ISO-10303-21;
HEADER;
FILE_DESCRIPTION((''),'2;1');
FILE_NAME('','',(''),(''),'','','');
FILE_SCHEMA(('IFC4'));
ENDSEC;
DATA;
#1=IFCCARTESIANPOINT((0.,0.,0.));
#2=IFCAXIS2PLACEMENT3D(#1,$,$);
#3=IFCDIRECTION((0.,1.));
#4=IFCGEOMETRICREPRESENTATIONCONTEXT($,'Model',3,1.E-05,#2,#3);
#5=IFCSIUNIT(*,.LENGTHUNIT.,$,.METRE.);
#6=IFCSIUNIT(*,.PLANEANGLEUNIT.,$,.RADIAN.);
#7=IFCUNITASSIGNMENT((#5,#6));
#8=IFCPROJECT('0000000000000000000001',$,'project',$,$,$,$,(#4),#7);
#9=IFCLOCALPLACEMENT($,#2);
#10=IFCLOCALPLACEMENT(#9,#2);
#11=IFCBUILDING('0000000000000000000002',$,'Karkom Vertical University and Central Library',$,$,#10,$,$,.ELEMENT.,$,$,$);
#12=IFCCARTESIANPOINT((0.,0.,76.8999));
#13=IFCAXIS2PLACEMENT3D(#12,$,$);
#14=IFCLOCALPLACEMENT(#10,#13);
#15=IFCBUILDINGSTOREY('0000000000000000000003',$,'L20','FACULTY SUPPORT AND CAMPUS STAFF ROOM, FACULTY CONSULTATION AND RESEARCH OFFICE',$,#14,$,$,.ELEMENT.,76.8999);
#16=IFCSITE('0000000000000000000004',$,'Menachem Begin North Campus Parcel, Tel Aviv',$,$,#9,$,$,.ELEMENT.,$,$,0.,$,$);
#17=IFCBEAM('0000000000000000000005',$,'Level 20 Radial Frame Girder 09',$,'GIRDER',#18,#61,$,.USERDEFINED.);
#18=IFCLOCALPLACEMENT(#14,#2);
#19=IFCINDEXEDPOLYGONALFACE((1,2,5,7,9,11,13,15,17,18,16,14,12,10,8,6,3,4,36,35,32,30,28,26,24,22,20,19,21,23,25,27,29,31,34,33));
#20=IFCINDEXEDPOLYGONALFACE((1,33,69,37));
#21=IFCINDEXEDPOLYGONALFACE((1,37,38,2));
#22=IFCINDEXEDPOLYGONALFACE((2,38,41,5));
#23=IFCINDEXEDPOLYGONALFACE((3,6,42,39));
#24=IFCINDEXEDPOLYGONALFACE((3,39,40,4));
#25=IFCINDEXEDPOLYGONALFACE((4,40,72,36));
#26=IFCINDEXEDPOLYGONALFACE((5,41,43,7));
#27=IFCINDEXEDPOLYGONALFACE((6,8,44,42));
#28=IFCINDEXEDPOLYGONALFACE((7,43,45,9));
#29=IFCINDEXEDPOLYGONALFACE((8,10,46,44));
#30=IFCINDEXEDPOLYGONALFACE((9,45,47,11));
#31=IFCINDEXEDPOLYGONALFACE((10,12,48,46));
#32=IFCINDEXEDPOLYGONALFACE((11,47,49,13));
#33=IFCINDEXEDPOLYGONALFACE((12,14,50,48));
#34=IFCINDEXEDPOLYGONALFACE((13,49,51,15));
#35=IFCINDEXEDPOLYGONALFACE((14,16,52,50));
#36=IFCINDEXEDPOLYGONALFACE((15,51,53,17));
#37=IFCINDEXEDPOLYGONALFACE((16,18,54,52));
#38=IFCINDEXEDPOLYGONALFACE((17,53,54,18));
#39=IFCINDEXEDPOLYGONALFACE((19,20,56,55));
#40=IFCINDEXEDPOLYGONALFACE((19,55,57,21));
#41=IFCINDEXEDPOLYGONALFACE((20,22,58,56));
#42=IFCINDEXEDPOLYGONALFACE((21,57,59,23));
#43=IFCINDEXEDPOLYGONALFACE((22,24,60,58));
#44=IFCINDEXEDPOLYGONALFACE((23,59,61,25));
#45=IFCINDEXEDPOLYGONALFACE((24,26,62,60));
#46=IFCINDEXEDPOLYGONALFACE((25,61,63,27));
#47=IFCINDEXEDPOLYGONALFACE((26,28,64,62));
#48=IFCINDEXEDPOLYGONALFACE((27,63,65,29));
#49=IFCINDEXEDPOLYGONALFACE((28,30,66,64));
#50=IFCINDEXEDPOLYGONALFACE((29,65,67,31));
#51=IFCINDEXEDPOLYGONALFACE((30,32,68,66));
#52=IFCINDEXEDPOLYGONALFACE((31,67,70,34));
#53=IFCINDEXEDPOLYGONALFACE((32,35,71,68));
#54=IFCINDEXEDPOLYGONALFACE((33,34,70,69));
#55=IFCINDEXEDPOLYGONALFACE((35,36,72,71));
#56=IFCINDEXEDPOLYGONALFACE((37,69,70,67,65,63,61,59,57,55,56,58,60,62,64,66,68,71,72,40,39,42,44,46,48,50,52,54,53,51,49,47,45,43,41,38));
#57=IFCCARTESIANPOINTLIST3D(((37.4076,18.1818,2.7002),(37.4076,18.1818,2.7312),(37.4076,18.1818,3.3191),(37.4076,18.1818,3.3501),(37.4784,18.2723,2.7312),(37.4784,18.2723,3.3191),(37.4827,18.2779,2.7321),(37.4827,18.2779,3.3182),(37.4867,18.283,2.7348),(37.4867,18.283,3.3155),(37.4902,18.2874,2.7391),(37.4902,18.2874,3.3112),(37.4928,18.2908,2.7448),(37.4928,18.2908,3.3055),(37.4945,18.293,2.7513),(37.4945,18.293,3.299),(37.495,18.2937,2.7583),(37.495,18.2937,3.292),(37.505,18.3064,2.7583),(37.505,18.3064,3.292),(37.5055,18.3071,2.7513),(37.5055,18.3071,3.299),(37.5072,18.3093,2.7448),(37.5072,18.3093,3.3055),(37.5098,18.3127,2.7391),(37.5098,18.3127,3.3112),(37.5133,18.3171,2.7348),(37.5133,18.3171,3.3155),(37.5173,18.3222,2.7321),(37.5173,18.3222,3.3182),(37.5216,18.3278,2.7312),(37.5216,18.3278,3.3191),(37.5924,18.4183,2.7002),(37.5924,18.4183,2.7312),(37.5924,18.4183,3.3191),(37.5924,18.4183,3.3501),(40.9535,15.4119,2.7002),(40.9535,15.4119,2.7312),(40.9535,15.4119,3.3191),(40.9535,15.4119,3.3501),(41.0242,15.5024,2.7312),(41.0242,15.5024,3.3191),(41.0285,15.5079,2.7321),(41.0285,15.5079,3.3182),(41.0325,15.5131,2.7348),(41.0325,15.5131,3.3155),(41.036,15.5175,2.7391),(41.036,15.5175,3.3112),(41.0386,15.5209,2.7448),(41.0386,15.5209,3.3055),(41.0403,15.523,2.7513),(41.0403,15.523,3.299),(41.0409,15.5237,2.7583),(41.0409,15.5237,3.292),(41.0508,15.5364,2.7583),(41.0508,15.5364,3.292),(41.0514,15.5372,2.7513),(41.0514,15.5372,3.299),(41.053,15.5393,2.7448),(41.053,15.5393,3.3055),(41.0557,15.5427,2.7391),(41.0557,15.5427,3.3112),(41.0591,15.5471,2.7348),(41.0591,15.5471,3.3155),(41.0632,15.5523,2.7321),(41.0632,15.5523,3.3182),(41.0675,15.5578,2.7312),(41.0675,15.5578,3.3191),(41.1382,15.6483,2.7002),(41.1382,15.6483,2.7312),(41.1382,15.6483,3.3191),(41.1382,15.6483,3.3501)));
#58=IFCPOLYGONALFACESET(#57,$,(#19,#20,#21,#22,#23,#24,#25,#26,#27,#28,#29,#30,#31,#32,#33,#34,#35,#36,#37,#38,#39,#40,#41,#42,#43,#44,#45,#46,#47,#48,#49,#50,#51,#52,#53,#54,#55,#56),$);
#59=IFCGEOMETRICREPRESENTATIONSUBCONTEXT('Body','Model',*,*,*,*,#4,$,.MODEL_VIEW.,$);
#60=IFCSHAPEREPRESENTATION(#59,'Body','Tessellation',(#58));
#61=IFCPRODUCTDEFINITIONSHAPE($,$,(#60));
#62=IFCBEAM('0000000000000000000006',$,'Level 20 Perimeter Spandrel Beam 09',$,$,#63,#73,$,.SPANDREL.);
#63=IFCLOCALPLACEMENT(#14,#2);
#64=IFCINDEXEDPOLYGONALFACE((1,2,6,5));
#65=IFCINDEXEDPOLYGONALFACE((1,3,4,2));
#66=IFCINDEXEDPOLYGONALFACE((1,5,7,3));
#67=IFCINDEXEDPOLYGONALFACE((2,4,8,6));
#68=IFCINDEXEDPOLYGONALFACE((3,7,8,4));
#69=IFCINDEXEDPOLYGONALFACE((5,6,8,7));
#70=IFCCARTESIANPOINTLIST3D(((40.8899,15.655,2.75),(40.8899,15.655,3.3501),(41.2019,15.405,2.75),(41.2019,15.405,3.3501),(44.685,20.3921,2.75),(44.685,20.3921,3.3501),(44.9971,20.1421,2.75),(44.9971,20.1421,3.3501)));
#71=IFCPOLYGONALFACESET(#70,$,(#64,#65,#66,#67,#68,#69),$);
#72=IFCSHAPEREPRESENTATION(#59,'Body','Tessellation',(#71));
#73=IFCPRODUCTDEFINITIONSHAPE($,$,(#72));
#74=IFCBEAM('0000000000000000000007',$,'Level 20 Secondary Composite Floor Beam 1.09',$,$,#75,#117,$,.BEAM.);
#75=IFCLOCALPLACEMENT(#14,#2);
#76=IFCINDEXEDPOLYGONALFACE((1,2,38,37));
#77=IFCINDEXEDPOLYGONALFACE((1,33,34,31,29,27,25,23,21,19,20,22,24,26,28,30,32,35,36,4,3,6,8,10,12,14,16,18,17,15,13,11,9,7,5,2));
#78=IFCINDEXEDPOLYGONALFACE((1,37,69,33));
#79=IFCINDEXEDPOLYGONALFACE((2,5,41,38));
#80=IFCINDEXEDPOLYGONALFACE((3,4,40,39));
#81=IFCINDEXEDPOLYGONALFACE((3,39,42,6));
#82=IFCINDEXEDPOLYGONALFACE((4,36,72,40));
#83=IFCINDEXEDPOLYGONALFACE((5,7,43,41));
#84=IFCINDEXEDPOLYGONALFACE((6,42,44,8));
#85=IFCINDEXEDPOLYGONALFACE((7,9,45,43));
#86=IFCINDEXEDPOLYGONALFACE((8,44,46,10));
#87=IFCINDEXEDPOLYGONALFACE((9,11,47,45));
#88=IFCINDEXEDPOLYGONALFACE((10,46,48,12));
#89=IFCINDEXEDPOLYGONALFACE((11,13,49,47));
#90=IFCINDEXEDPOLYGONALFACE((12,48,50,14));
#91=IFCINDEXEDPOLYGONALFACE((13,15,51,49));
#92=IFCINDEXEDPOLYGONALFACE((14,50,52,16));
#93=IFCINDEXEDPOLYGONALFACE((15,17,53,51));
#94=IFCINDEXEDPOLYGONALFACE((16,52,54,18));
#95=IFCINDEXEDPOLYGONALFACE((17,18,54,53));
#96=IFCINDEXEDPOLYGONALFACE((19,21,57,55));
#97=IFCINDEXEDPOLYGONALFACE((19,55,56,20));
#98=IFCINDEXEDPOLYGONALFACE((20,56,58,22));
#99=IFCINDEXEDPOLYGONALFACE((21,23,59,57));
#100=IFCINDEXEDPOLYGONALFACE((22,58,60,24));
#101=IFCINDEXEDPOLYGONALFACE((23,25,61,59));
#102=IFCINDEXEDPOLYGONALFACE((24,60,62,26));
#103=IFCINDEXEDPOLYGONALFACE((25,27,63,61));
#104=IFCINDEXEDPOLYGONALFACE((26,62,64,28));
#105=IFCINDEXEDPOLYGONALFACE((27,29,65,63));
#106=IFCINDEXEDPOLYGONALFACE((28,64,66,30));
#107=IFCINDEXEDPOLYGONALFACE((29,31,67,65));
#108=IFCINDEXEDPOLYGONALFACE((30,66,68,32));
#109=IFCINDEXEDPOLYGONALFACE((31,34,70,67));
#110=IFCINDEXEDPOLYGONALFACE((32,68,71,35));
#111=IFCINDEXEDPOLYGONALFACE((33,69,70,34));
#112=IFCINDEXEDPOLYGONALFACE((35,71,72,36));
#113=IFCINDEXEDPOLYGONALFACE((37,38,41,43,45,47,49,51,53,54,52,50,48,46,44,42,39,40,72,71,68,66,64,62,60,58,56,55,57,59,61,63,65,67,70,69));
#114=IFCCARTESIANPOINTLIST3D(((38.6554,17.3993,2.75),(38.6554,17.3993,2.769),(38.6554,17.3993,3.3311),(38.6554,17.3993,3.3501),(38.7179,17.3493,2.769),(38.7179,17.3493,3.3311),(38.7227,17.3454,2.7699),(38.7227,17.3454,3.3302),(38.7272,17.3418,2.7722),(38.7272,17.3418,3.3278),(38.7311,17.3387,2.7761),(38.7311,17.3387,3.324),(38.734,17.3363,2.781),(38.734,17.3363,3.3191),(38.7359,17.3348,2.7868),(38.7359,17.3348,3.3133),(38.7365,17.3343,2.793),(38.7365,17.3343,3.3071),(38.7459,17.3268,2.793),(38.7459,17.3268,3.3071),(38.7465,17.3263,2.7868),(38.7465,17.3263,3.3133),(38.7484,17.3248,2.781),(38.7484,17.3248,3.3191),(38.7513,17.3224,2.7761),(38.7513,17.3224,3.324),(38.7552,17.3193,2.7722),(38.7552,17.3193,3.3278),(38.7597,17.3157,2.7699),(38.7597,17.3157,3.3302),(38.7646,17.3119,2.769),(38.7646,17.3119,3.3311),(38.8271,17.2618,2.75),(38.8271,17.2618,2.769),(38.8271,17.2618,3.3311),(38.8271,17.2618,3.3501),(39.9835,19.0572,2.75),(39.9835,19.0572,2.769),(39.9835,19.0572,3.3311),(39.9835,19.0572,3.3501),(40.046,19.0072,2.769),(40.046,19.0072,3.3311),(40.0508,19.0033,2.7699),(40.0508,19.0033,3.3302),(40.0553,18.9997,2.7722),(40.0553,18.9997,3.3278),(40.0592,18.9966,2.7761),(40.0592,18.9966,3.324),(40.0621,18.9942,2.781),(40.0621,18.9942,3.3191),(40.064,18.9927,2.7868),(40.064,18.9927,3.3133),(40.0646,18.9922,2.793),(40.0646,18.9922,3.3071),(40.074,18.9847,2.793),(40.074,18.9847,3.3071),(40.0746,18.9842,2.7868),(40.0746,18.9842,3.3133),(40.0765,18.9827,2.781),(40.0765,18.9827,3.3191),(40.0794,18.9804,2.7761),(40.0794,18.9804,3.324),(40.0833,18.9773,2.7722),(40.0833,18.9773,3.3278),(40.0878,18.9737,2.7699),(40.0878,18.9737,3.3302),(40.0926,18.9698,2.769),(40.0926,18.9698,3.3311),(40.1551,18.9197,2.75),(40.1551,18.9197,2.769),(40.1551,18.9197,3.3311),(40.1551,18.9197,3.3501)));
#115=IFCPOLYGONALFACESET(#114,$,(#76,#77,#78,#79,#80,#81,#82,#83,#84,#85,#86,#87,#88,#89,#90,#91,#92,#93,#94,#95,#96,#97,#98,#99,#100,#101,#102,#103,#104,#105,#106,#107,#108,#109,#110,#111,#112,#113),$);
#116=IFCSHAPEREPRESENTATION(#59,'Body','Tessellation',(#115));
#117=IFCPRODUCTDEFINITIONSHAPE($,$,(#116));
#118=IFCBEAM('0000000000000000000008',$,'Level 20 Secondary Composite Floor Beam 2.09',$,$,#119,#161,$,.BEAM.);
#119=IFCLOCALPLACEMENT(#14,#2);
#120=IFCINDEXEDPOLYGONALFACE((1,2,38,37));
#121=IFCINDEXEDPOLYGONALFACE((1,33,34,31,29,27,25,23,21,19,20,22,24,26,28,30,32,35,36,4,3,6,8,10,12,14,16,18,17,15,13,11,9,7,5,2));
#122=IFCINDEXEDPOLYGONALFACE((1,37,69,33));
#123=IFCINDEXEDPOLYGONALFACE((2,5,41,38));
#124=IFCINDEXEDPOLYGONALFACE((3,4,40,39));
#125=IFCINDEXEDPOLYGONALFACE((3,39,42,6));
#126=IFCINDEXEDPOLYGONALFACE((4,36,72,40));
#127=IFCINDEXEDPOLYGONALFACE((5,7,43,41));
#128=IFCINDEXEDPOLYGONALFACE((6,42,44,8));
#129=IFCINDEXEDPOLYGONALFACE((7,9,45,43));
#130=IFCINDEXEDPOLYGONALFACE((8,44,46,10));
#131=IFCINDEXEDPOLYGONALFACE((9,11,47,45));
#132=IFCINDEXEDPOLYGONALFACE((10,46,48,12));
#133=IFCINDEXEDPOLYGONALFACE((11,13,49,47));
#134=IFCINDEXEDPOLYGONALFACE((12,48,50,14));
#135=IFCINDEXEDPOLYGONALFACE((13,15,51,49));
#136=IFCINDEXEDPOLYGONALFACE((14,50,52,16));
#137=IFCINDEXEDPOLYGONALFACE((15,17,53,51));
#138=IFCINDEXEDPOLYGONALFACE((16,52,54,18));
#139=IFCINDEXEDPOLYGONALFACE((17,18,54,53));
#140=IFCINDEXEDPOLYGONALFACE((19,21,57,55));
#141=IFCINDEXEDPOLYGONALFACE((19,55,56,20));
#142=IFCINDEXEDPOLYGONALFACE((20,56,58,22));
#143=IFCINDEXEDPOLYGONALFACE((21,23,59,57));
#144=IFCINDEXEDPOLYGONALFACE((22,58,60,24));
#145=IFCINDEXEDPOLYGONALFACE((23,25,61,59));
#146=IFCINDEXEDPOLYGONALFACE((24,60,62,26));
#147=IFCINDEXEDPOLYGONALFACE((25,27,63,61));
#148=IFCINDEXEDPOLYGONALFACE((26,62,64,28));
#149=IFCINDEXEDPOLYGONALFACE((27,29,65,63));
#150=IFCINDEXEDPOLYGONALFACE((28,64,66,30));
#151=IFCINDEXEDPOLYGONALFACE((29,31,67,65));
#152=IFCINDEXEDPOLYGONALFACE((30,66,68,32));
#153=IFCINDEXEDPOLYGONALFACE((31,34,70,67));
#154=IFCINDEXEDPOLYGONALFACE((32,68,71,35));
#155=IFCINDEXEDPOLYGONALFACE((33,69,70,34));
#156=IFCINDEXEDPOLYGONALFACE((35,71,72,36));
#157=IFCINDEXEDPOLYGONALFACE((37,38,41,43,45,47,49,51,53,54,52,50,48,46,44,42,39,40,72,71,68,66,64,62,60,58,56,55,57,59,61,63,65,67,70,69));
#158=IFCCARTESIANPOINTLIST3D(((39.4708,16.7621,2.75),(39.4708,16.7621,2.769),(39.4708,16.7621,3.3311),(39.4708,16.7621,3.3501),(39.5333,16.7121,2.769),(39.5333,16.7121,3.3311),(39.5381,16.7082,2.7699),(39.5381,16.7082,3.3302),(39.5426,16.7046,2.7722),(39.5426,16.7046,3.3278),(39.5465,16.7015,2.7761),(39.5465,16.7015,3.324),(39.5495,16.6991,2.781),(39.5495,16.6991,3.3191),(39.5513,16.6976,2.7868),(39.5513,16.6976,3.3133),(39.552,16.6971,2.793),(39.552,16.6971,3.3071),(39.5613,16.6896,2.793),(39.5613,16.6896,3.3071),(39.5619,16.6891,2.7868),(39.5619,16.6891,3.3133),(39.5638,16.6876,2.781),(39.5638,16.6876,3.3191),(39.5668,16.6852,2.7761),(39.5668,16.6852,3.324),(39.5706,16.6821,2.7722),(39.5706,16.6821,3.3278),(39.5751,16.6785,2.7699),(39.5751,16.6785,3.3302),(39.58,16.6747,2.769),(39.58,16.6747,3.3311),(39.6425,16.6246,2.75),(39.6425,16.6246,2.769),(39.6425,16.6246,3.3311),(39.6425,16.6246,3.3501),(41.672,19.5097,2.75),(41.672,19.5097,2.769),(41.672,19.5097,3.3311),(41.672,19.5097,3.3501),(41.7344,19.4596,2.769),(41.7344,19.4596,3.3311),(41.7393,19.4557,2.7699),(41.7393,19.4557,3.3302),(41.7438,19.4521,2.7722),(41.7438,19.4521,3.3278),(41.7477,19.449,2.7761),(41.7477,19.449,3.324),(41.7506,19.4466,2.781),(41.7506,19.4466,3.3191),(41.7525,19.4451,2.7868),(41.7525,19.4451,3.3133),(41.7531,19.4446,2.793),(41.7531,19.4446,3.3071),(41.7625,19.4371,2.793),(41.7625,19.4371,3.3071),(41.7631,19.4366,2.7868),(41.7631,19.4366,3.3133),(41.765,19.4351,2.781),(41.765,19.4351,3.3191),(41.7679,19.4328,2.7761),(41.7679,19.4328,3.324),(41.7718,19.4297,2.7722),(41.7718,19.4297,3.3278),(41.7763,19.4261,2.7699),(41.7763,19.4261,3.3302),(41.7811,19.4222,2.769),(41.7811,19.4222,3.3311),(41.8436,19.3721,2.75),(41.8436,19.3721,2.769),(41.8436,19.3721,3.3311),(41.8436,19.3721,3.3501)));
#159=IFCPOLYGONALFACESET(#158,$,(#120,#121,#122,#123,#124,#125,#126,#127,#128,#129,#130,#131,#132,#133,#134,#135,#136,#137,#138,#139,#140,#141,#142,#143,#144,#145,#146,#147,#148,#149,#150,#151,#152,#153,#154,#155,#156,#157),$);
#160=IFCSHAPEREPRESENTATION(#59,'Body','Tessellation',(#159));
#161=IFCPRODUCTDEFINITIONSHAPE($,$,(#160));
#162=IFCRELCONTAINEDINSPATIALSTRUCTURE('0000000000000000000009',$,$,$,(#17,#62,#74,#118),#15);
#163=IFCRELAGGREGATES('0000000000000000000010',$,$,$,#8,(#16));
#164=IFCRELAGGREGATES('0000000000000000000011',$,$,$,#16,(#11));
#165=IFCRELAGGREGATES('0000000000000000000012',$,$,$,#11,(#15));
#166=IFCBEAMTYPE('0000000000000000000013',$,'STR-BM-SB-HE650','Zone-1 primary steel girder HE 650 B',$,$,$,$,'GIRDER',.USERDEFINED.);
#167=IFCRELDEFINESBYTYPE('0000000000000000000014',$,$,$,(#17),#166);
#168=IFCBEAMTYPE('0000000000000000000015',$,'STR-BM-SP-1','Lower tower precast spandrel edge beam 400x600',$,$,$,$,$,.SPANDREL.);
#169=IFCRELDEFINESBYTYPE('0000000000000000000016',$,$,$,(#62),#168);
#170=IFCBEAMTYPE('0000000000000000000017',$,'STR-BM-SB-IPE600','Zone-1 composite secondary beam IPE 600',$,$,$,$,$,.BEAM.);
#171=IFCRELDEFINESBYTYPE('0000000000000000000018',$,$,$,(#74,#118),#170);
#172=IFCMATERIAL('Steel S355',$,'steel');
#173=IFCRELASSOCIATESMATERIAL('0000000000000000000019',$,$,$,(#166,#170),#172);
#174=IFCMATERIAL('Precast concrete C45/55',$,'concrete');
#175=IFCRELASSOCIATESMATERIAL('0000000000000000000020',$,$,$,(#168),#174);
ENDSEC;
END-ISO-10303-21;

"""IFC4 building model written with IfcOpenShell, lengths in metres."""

from ifc_helpers import new_model, si_unit, direction, frame, origin, origin_with_axes, origin_2d, place, context, subcontext, project, spatial, rectangle, i_section, extrude, source, transform, mapped, material, material_profile, profile_set, type_object, element, save


model = new_model("IFC4")

# Units and contexts
model_context = context("Model", 3, precision=1e-05, world=origin(), true_north=direction((0.0, 1.0)))
body_context = subcontext(model_context, "Body", "Model", "MODEL_VIEW")
ifc_project = project(units=[si_unit("LENGTHUNIT", "METRE"), si_unit("PLANEANGLEUNIT", "RADIAN")], contexts=[model_context])

# Site, building, storey
site_placement = place(None, origin())
site = spatial("IfcSite", under=ifc_project, at=site_placement, Name="Menachem Begin North Campus Parcel, Tel Aviv", CompositionType="ELEMENT", RefElevation=0.0)
building_placement = place(site_placement, origin())
building = spatial("IfcBuilding", under=site, at=building_placement, Name="Karkom Vertical University and Central Library", CompositionType="ELEMENT")
storey_placement = place(building_placement, frame((0.0, 0.0, 76.8999)))
storey = spatial("IfcBuildingStorey", under=building, at=storey_placement, Name="L20", Description="FACULTY SUPPORT AND CAMPUS STAFF ROOM, FACULTY CONSULTATION AND RESEARCH OFFICE", CompositionType="ELEMENT", Elevation=76.8999)

# Beams
ifc_material_1 = material(Name="Steel S355", Category="steel")
ifc_material_profile_1 = material_profile(ifc_material_1, i_section(OverallWidth=0.3, OverallDepth=0.6499, WebThickness=0.0161, FlangeThickness=0.031, FilletRadius=0.0271, at=origin_2d()), Name="HE 650 B")
ifc_profile_set_1 = profile_set([ifc_material_profile_1], Name="Steel S355")
beam_type_1 = type_object("IfcBeamType", Name="STR-BM-SB-HE650", Description="Zone-1 primary steel girder HE 650 B", ElementType="GIRDER", PredefinedType="USERDEFINED", material=ifc_profile_set_1)
shared_shape_1 = source(origin_with_axes(), body_context, "Body", "SweptSolid", [
    extrude(i_section(OverallWidth=0.3, OverallDepth=0.6499, WebThickness=0.0161, FlangeThickness=0.031, FilletRadius=0.0271, at=origin_2d()), origin(), (0.0, 0.0, 1.0), 4.4995),
])
beam_1_placement = place(storey_placement, frame((37.5, 18.3, 3.0251), z_axis=(0.788047, -0.615615, 0.0), x_axis=(0.615615, 0.788047, 0.0)))
element("IfcBeam", 1, at=beam_1_placement, inside=storey, type_object=beam_type_1, Name="Level 20 Radial Frame Girder 09", ObjectType="GIRDER", PredefinedType="USERDEFINED", context=body_context, shape_type="MappedRepresentation", body=[
    mapped(shared_shape_1, transform((0.0, 0.0, 0.0), scale=1.0)),
])
ifc_material_2 = material(Name="Precast concrete C45/55", Category="concrete")
ifc_material_profile_2 = material_profile(ifc_material_2, rectangle(XDim=0.3999, YDim=0.6001, at=origin_2d()), Name="SPB-400x600")
ifc_profile_set_2 = profile_set([ifc_material_profile_2], Name="Precast concrete C45/55")
beam_type_2 = type_object("IfcBeamType", Name="STR-BM-SP-1", Description="Lower tower precast spandrel edge beam 400x600", PredefinedType="SPANDREL", material=ifc_profile_set_2)
shared_shape_2 = source(origin_with_axes(), body_context, "Body", "SweptSolid", [
    extrude(rectangle(XDim=0.3999, YDim=0.6001, at=origin_2d()), origin(), (0.0, 0.0, 1.0), 6.0698),
])
beam_2_placement = place(storey_placement, frame((41.0459, 15.53, 3.05), z_axis=(0.625249, 0.780425, 0.0), x_axis=(-0.780425, 0.625249, 0.0)))
element("IfcBeam", 2, at=beam_2_placement, inside=storey, type_object=beam_type_2, Name="Level 20 Perimeter Spandrel Beam 09", PredefinedType="SPANDREL", context=body_context, shape_type="MappedRepresentation", body=[
    mapped(shared_shape_2, transform((0.0, 0.0, 0.0), scale=1.0)),
])
ifc_material_profile_3 = material_profile(ifc_material_1, i_section(OverallWidth=0.22, OverallDepth=0.6001, WebThickness=0.012, FlangeThickness=0.019, FilletRadius=0.0239, at=origin_2d()), Name="IPE 600")
ifc_profile_set_3 = profile_set([ifc_material_profile_3], Name="Steel S355")
beam_type_3 = type_object("IfcBeamType", Name="STR-BM-SB-IPE600", Description="Zone-1 composite secondary beam IPE 600", PredefinedType="BEAM", material=ifc_profile_set_3)
shared_shape_3 = source(origin_with_axes(), body_context, "Body", "SweptSolid", [
    extrude(i_section(OverallWidth=0.22, OverallDepth=0.6001, WebThickness=0.012, FlangeThickness=0.019, FilletRadius=0.0239, at=origin_2d()), origin(), (0.0, 0.0, 1.0), 2.1243),
])
beam_3_placement = place(storey_placement, frame((38.7412, 17.3306, 3.05), z_axis=(0.625199, 0.780465, 0.0), x_axis=(-0.780465, 0.625199, 0.0)))
element("IfcBeam", 3, at=beam_3_placement, inside=storey, type_object=beam_type_3, Name="Level 20 Secondary Composite Floor Beam 1.09", PredefinedType="BEAM", context=body_context, shape_type="MappedRepresentation", body=[
    mapped(shared_shape_3, transform((0.0, 0.0, 0.0), scale=1.0)),
])
shared_shape_4 = source(origin_with_axes(), body_context, "Body", "SweptSolid", [
    extrude(i_section(OverallWidth=0.22, OverallDepth=0.6001, WebThickness=0.012, FlangeThickness=0.019, FilletRadius=0.0239, at=origin_2d()), origin(), (0.0, 0.0, 1.0), 3.5205),
])
beam_4_placement = place(storey_placement, frame((39.5566, 16.6934, 3.05), z_axis=(0.625236, 0.780436, 0.0), x_axis=(-0.780436, 0.625236, 0.0)))
element("IfcBeam", 4, at=beam_4_placement, inside=storey, type_object=beam_type_3, Name="Level 20 Secondary Composite Floor Beam 2.09", PredefinedType="BEAM", context=body_context, shape_type="MappedRepresentation", body=[
    mapped(shared_shape_4, transform((0.0, 0.0, 0.0), scale=1.0)),
])

save(model, "model.ifc")
